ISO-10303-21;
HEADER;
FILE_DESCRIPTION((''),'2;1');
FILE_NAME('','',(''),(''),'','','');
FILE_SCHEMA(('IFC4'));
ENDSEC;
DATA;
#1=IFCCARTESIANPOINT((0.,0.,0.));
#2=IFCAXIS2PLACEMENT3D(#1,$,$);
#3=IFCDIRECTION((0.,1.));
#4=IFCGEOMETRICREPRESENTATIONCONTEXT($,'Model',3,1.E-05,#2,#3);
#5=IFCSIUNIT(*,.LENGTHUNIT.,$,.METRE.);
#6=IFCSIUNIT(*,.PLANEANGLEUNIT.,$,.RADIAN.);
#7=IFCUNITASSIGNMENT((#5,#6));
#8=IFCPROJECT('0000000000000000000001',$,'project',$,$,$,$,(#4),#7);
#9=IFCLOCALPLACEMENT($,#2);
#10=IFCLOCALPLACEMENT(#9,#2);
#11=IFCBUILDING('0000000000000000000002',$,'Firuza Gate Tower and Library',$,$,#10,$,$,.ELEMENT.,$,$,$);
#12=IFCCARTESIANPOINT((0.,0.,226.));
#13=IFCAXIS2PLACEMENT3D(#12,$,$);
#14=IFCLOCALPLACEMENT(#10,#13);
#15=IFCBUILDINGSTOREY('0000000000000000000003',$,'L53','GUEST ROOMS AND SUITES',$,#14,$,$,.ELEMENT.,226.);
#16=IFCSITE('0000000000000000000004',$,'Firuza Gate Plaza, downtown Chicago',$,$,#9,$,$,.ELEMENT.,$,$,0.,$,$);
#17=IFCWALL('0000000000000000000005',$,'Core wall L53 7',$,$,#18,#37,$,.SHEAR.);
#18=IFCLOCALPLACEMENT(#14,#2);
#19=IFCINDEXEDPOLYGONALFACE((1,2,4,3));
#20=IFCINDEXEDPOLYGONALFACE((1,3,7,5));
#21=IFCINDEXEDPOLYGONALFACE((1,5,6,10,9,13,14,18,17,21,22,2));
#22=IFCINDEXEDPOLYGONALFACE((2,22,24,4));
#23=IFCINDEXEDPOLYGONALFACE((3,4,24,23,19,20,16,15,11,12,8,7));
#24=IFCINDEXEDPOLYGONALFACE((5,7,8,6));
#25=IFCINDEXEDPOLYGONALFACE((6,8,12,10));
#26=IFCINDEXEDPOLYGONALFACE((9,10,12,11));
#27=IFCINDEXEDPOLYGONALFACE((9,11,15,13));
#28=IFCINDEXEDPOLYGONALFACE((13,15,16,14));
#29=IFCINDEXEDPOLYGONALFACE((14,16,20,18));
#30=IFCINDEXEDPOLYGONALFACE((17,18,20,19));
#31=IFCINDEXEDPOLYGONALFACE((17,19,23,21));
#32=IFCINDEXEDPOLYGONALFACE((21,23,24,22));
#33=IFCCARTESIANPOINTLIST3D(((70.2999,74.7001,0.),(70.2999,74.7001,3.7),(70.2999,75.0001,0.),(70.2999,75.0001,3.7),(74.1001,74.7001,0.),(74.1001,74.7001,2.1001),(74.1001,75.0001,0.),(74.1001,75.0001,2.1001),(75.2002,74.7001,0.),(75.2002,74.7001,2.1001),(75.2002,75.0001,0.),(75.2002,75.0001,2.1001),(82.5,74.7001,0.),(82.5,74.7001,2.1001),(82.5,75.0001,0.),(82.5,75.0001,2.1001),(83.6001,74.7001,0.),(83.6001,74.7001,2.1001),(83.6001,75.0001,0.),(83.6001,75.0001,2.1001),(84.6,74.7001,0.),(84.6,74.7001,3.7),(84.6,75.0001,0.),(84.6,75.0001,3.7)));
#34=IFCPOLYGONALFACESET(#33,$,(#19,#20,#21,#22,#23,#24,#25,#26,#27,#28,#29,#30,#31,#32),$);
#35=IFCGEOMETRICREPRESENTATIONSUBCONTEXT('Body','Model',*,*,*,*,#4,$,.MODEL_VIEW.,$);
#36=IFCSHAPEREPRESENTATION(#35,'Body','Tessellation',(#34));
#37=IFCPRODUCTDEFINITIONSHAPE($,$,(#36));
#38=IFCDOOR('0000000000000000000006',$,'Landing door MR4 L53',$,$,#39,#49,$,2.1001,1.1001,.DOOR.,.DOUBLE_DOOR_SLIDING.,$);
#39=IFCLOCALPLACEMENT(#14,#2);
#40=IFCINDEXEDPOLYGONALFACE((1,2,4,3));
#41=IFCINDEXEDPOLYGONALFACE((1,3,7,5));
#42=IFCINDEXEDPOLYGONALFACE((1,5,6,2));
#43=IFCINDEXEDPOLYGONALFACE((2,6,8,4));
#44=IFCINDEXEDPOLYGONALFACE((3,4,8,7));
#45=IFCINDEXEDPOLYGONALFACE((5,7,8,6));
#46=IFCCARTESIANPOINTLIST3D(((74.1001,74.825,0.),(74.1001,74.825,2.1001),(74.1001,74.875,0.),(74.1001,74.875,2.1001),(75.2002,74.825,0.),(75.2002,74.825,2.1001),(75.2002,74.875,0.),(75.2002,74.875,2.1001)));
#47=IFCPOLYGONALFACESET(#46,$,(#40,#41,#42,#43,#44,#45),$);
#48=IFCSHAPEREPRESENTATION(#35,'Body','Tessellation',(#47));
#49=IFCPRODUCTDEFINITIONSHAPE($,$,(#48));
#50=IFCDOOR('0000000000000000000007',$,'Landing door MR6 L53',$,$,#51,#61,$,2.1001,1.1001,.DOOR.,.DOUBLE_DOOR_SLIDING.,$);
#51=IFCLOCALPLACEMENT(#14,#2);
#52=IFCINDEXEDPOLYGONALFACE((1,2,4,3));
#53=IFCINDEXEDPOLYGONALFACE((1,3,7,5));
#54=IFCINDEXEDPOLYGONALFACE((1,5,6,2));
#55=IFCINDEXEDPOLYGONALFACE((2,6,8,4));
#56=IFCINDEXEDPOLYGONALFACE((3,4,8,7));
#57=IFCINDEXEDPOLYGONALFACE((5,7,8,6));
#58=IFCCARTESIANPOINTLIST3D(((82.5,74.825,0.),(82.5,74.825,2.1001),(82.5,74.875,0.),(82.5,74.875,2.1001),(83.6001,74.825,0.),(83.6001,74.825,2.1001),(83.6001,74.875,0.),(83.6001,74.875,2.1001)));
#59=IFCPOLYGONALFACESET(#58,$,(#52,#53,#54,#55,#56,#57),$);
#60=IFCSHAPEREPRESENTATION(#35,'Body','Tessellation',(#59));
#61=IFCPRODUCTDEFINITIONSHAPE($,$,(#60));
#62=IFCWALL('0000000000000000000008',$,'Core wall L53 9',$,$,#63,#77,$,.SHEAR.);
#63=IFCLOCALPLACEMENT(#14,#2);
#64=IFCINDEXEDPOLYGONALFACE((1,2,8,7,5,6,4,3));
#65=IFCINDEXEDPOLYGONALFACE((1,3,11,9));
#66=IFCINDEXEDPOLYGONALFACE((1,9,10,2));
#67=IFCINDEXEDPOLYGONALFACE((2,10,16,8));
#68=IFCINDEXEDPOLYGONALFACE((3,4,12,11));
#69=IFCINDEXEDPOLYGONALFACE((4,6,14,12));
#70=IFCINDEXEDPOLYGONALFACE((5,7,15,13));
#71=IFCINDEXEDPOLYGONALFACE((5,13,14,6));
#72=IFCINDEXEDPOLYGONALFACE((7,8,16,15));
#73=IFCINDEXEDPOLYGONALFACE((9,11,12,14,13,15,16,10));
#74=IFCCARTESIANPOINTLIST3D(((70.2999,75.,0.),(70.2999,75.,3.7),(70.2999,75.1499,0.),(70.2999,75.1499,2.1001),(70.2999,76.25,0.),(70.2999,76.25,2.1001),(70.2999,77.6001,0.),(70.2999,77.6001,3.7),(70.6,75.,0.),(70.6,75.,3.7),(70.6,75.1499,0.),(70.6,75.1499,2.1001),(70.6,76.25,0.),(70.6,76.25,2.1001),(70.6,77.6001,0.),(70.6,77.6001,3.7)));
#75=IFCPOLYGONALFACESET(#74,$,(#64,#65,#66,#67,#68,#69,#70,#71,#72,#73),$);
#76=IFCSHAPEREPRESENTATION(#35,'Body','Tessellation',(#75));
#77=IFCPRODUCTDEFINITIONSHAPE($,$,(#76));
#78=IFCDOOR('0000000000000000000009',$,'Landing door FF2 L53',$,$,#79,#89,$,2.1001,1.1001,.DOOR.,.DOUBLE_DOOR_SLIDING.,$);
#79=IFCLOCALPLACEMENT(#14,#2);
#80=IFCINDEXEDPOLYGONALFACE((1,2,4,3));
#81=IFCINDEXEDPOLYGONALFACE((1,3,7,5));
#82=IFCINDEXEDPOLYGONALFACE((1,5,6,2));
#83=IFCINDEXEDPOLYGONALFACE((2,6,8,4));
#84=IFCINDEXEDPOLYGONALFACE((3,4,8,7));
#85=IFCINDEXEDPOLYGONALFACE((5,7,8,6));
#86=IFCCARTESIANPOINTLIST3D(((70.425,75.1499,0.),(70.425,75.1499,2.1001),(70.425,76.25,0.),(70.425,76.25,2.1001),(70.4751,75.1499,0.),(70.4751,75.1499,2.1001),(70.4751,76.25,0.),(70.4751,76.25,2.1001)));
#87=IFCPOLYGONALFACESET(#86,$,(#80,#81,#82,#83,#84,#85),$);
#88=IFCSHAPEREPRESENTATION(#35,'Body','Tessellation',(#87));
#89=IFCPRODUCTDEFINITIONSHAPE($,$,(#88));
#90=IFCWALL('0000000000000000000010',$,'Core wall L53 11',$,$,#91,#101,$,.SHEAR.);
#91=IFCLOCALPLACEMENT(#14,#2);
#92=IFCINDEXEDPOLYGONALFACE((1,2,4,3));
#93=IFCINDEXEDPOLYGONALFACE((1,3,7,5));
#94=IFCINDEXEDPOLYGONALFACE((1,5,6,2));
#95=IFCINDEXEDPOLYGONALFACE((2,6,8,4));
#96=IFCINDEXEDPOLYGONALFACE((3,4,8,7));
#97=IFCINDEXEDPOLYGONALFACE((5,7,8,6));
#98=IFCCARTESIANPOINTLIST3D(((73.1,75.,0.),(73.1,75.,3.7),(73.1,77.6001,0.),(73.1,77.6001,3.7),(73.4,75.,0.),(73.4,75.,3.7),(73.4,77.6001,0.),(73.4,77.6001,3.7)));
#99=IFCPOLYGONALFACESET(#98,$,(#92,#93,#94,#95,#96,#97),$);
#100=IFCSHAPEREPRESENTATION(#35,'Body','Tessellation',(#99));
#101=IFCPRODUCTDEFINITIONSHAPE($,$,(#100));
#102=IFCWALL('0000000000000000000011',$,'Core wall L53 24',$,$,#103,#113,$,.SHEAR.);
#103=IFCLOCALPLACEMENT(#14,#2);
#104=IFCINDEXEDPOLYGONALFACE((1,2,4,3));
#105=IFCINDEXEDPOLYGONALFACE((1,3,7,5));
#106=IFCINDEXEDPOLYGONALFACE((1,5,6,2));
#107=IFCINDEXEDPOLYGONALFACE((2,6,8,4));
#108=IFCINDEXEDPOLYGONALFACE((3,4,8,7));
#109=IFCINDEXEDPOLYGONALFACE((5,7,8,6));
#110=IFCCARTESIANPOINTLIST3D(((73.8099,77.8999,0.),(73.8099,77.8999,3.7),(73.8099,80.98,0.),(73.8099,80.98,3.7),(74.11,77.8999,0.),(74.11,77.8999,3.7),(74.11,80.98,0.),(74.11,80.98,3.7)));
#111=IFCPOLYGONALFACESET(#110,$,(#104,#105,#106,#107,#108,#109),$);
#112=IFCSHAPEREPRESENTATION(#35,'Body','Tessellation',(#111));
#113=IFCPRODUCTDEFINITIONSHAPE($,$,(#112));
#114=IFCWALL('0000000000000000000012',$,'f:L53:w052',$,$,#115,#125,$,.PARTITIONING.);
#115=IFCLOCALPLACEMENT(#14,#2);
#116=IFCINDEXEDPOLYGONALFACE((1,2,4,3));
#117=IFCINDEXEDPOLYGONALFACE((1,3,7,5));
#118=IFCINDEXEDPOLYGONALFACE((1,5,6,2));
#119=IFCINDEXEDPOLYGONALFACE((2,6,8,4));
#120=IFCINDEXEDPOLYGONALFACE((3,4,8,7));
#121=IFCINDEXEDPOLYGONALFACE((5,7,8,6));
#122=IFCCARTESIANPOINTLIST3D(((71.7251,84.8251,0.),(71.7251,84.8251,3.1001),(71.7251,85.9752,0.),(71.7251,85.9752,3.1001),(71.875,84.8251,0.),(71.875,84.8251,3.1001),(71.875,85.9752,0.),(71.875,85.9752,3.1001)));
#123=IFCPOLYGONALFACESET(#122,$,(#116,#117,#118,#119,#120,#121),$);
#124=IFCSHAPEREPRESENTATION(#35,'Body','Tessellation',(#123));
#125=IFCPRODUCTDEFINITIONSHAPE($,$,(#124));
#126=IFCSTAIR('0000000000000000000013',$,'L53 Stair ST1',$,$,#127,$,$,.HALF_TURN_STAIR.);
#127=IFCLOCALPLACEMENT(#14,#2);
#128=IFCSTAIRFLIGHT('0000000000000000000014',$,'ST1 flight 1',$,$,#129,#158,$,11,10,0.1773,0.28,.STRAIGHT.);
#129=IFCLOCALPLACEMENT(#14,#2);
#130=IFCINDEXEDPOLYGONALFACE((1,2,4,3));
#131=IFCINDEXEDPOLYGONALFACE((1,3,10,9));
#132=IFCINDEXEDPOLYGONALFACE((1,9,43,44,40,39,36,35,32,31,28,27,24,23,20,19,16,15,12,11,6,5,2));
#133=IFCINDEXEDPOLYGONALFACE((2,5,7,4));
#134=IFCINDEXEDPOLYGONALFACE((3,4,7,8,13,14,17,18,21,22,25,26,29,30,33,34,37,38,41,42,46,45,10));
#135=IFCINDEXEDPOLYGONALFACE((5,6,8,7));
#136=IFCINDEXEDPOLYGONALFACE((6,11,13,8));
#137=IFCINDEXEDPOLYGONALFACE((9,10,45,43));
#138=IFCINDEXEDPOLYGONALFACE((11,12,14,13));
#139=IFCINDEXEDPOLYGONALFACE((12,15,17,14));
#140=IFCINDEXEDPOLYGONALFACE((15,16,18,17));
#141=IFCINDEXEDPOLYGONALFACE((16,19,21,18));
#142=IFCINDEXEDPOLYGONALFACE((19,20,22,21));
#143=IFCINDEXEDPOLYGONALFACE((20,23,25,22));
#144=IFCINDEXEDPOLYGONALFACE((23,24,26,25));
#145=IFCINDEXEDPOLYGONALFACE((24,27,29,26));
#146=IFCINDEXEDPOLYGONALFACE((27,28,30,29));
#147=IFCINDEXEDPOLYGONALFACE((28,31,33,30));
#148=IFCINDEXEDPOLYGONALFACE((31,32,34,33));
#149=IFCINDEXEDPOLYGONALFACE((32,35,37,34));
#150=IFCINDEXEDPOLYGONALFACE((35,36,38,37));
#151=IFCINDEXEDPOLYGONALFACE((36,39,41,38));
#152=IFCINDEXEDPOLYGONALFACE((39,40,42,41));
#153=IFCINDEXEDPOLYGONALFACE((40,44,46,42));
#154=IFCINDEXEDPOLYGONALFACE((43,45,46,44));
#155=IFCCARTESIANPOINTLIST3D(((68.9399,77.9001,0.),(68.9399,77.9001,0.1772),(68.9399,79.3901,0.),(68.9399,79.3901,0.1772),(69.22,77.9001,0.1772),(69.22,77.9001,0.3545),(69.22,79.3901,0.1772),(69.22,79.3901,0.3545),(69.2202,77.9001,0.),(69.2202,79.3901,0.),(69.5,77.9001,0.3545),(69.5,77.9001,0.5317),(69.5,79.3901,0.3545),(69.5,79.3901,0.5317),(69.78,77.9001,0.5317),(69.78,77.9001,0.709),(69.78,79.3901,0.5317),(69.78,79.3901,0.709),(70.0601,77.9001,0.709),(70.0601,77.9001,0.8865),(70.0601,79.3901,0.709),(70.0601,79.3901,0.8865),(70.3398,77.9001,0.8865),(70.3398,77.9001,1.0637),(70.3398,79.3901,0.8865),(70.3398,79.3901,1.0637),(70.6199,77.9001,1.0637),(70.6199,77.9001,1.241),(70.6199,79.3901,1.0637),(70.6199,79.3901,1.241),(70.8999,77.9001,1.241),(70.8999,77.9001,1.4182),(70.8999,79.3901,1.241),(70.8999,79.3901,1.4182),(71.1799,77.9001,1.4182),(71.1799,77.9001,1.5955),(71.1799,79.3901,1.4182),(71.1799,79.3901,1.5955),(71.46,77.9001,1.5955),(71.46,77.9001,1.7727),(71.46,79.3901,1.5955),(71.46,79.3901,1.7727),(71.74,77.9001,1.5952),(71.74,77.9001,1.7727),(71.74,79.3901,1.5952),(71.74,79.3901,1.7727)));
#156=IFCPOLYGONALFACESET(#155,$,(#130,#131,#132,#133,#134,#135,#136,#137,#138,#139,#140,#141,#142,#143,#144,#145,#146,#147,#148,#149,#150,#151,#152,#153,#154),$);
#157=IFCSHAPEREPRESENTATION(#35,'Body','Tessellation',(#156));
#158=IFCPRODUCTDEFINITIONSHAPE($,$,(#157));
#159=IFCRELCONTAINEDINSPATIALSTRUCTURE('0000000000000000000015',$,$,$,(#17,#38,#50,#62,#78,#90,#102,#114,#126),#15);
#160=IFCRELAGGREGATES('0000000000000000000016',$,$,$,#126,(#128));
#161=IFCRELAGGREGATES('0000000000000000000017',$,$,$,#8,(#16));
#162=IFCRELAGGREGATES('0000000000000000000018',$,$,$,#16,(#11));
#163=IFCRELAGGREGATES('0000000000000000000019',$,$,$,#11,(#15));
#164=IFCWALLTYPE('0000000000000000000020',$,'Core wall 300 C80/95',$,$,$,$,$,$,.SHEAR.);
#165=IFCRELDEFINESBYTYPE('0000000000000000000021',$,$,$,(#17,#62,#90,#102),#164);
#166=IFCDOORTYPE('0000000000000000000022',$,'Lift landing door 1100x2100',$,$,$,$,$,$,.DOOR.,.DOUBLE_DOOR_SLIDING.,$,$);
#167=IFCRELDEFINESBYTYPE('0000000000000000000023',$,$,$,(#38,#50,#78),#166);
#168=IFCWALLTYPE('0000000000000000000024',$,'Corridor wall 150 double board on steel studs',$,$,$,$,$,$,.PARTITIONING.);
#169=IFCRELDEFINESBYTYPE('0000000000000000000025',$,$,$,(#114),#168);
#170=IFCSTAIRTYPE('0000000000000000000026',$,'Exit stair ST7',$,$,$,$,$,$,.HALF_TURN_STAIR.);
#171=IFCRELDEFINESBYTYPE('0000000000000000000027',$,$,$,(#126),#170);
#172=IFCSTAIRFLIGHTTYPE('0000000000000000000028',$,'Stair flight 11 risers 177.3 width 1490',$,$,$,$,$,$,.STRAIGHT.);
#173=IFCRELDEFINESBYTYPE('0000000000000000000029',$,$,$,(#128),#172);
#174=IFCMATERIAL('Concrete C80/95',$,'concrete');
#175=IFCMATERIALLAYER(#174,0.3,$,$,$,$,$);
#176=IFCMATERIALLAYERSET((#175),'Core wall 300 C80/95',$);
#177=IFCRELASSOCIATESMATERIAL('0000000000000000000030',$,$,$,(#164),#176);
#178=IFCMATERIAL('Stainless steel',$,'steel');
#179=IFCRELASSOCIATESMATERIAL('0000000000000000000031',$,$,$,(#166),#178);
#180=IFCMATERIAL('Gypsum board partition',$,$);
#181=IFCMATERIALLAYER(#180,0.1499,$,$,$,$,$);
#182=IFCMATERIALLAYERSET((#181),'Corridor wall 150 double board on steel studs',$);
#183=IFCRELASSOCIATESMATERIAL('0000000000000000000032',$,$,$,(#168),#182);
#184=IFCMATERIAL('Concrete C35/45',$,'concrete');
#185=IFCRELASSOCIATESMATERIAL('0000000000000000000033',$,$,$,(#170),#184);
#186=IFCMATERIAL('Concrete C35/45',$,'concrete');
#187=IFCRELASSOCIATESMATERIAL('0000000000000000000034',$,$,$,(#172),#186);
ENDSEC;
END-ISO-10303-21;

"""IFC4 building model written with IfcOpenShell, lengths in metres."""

from ifc_helpers import new_model, si_unit, direction, frame, frame_2d, origin, place, context, subcontext, project, spatial, polyline, rectangle, outline, extrude, material, layer, layer_set, type_object, element, fill, aggregate, save


model = new_model("IFC4")

# Units and contexts
model_context = context("Model", 3, precision=1e-05, world=origin(), true_north=direction((0.0, 1.0)))
body_context = subcontext(model_context, "Body", "Model", "MODEL_VIEW")
ifc_project = project(units=[si_unit("LENGTHUNIT", "METRE"), si_unit("PLANEANGLEUNIT", "RADIAN")], contexts=[model_context])

# Site, building, storey
site_placement = place(None, origin())
site = spatial("IfcSite", under=ifc_project, at=site_placement, Name="Firuza Gate Plaza, downtown Chicago", CompositionType="ELEMENT", RefElevation=0.0)
building_placement = place(site_placement, origin())
building = spatial("IfcBuilding", under=site, at=building_placement, Name="Firuza Gate Tower and Library", CompositionType="ELEMENT")
storey_placement = place(building_placement, frame((0.0, 0.0, 226.0)))
storey = spatial("IfcBuildingStorey", under=building, at=storey_placement, Name="L53", Description="GUEST ROOMS AND SUITES", CompositionType="ELEMENT", Elevation=226.0)

# Wall, openings, doors
ifc_material_1 = material(Name="Concrete C80/95", Category="concrete")
ifc_layer_1 = layer(ifc_material_1, 0.3)
ifc_layer_set_1 = layer_set([ifc_layer_1], Name="Core wall 300 C80/95")
wall_type_1 = type_object("IfcWallType", Name="Core wall 300 C80/95", PredefinedType="SHEAR", material=ifc_layer_set_1)
ifc_material_2 = material(Name="Stainless steel", Category="steel")
door_type_1 = type_object("IfcDoorType", Name="Lift landing door 1100x2100", OperationType="DOUBLE_DOOR_SLIDING", PredefinedType="DOOR", material=ifc_material_2)
wall_1_placement = place(storey_placement, frame((70.3, 74.8501, 0.0), z_axis=(0.0, 0.0, 1.0), x_axis=(1.0, 0.0, 0.0)))
wall_1 = element("IfcWall", 1, at=wall_1_placement, inside=storey, type_object=wall_type_1, Name="Core wall L53 7", PredefinedType="SHEAR", context=body_context, shape_type="SweptSolid", body=[
    extrude(rectangle(XDim=14.3, YDim=0.3, at=frame_2d((7.1499, 0.0))), origin(), (0.0, 0.0, 1.0), 3.7),
])
opening_1_placement = place(wall_1_placement, frame((3.8, 0.0, 0.0)))
opening_1 = element("IfcOpeningElement", 2, at=opening_1_placement, cuts=wall_1, PredefinedType="OPENING", context=body_context, shape_type="SweptSolid", body=[
    extrude(rectangle(XDim=1.1001, YDim=2.1001, at=frame_2d((0.55, 1.05))), frame((0.0, 0.1602, 0.0), z_axis=(0.0, -1.0, 0.0), x_axis=(1.0, 0.0, 0.0)), (0.0, 0.0, 1.0), 0.3201),
])
opening_2_placement = place(wall_1_placement, frame((12.2, 0.0, 0.0)))
opening_2 = element("IfcOpeningElement", 3, at=opening_2_placement, cuts=wall_1, PredefinedType="OPENING", context=body_context, shape_type="SweptSolid", body=[
    extrude(rectangle(XDim=1.1001, YDim=2.1001, at=frame_2d((0.55, 1.05))), frame((0.0, 0.1602, 0.0), z_axis=(0.0, -1.0, 0.0), x_axis=(1.0, 0.0, 0.0)), (0.0, 0.0, 1.0), 0.3201),
])
door_1_placement = place(opening_1_placement, origin())
door_1 = element("IfcDoor", 4, at=door_1_placement, inside=storey, type_object=door_type_1, Name="Landing door MR4 L53", OperationType="DOUBLE_DOOR_SLIDING", OverallHeight=2.1001, OverallWidth=1.1001, PredefinedType="DOOR", context=body_context, shape_type="SweptSolid", body=[
    extrude(rectangle(XDim=1.1001, YDim=2.1001, at=frame_2d((0.55, 1.05))), frame((0.0, 0.0249, 0.0), z_axis=(0.0, -1.0, 0.0), x_axis=(1.0, 0.0, 0.0)), (0.0, 0.0, 1.0), 0.05),
])
fill(opening_1, door_1)
door_2_placement = place(opening_2_placement, origin())
door_2 = element("IfcDoor", 5, at=door_2_placement, inside=storey, type_object=door_type_1, Name="Landing door MR6 L53", OperationType="DOUBLE_DOOR_SLIDING", OverallHeight=2.1001, OverallWidth=1.1001, PredefinedType="DOOR", context=body_context, shape_type="SweptSolid", body=[
    extrude(rectangle(XDim=1.1001, YDim=2.1001, at=frame_2d((0.55, 1.05))), frame((0.0, 0.0249, 0.0), z_axis=(0.0, -1.0, 0.0), x_axis=(1.0, 0.0, 0.0)), (0.0, 0.0, 1.0), 0.05),
])
fill(opening_2, door_2)

# Wall, opening, door
wall_2_placement = place(storey_placement, frame((70.45, 75.0, 0.0), z_axis=(0.0, 0.0, 1.0), x_axis=(0.0, 1.0, 0.0)))
wall_2 = element("IfcWall", 6, at=wall_2_placement, inside=storey, type_object=wall_type_1, Name="Core wall L53 9", PredefinedType="SHEAR", context=body_context, shape_type="SweptSolid", body=[
    extrude(rectangle(XDim=2.6001, YDim=0.3, at=frame_2d((1.3, 0.0))), origin(), (0.0, 0.0, 1.0), 3.7),
])
opening_3_placement = place(wall_2_placement, frame((0.1499, 0.0, 0.0)))
opening_3 = element("IfcOpeningElement", 7, at=opening_3_placement, cuts=wall_2, PredefinedType="OPENING", context=body_context, shape_type="SweptSolid", body=[
    extrude(rectangle(XDim=1.1001, YDim=2.1001, at=frame_2d((0.55, 1.05))), frame((0.0, 0.1602, 0.0), z_axis=(0.0, -1.0, 0.0), x_axis=(1.0, 0.0, 0.0)), (0.0, 0.0, 1.0), 0.3201),
])
door_3_placement = place(opening_3_placement, origin())
door_3 = element("IfcDoor", 8, at=door_3_placement, inside=storey, type_object=door_type_1, Name="Landing door FF2 L53", OperationType="DOUBLE_DOOR_SLIDING", OverallHeight=2.1001, OverallWidth=1.1001, PredefinedType="DOOR", context=body_context, shape_type="SweptSolid", body=[
    extrude(rectangle(XDim=1.1001, YDim=2.1001, at=frame_2d((0.55, 1.05))), frame((0.0, 0.0249, 0.0), z_axis=(0.0, -1.0, 0.0), x_axis=(1.0, 0.0, 0.0)), (0.0, 0.0, 1.0), 0.05),
])
fill(opening_3, door_3)

# Walls
wall_3_placement = place(storey_placement, frame((73.25, 75.0, 0.0), z_axis=(0.0, 0.0, 1.0), x_axis=(0.0, 1.0, 0.0)))
element("IfcWall", 9, at=wall_3_placement, inside=storey, type_object=wall_type_1, Name="Core wall L53 11", PredefinedType="SHEAR", context=body_context, shape_type="SweptSolid", body=[
    extrude(rectangle(XDim=2.6001, YDim=0.3, at=frame_2d((1.3, 0.0))), origin(), (0.0, 0.0, 1.0), 3.7),
])
wall_4_placement = place(storey_placement, frame((73.96, 77.8999, 0.0), z_axis=(0.0, 0.0, 1.0), x_axis=(0.0, 1.0, 0.0)))
element("IfcWall", 10, at=wall_4_placement, inside=storey, type_object=wall_type_1, Name="Core wall L53 24", PredefinedType="SHEAR", context=body_context, shape_type="SweptSolid", body=[
    extrude(rectangle(XDim=3.0801, YDim=0.3, at=frame_2d((1.54, 0.0))), origin(), (0.0, 0.0, 1.0), 3.7),
])
ifc_material_3 = material(Name="Gypsum board partition")
ifc_layer_2 = layer(ifc_material_3, 0.1499)
ifc_layer_set_2 = layer_set([ifc_layer_2], Name="Corridor wall 150 double board on steel studs")
wall_type_2 = type_object("IfcWallType", Name="Corridor wall 150 double board on steel studs", PredefinedType="PARTITIONING", material=ifc_layer_set_2)
wall_5_placement = place(storey_placement, frame((71.8, 84.825, 0.0), z_axis=(0.0, 0.0, 1.0), x_axis=(0.0, 1.0, 0.0)))
element("IfcWall", 11, at=wall_5_placement, inside=storey, type_object=wall_type_2, Name="f:L53:w052", PredefinedType="PARTITIONING", context=body_context, shape_type="SweptSolid", body=[
    extrude(rectangle(XDim=1.1501, YDim=0.1499, at=frame_2d((0.5752, 0.0))), origin(), (0.0, 0.0, 1.0), 3.1001),
])

# Stair, stair flight
ifc_material_4 = material(Name="Concrete C35/45", Category="concrete")
stair_type = type_object("IfcStairType", Name="Exit stair ST7", PredefinedType="HALF_TURN_STAIR", material=ifc_material_4)
stair_placement = place(storey_placement, origin())
stair = element("IfcStair", 12, at=stair_placement, inside=storey, type_object=stair_type, Name="L53 Stair ST1", PredefinedType="HALF_TURN_STAIR")
ifc_material_5 = material(Name="Concrete C35/45", Category="concrete")
stair_flight_type = type_object("IfcStairFlightType", Name="Stair flight 11 risers 177.3 width 1490", PredefinedType="STRAIGHT", material=ifc_material_5)
stair_flight_1_placement = place(storey_placement, frame((68.9399, 78.645, 0.0), z_axis=(0.0, 0.0, 1.0), x_axis=(1.0, 0.0, 0.0)))
stair_flight_1 = element("IfcStairFlight", 13, at=stair_flight_1_placement, type_object=stair_flight_type, Name="ST1 flight 1", NumberOfRisers=11, NumberOfTreads=10, PredefinedType="STRAIGHT", RiserHeight=0.1773, TreadLength=0.28, context=body_context, shape_type="SweptSolid", body=[
    extrude(outline(polyline([(0.0, 0.0), (0.0, 0.1772), (0.28, 0.1772), (0.28, 0.3545), (0.5601, 0.3545), (0.5601, 0.5317), (0.8401, 0.5317), (0.8401, 0.709), (1.1201, 0.709), (1.1201, 0.8865), (1.3999, 0.8865), (1.3999, 1.0637), (1.6799, 1.0637), (1.6799, 1.241), (1.96, 1.241), (1.96, 1.4182), (2.24, 1.4182), (2.24, 1.5955), (2.52, 1.5955), (2.52, 1.7727), (2.8, 1.7727), (2.8, 1.95), (2.8, 1.5952), (0.2803, 0.0), (0.0, 0.0)])), frame((0.0, 0.7451, 0.0), z_axis=(0.0, -1.0, 0.0), x_axis=(1.0, 0.0, 0.0)), (0.0, 0.0, 1.0), 1.49),
])
aggregate(stair, [stair_flight_1])

save(model, "model.ifc")
